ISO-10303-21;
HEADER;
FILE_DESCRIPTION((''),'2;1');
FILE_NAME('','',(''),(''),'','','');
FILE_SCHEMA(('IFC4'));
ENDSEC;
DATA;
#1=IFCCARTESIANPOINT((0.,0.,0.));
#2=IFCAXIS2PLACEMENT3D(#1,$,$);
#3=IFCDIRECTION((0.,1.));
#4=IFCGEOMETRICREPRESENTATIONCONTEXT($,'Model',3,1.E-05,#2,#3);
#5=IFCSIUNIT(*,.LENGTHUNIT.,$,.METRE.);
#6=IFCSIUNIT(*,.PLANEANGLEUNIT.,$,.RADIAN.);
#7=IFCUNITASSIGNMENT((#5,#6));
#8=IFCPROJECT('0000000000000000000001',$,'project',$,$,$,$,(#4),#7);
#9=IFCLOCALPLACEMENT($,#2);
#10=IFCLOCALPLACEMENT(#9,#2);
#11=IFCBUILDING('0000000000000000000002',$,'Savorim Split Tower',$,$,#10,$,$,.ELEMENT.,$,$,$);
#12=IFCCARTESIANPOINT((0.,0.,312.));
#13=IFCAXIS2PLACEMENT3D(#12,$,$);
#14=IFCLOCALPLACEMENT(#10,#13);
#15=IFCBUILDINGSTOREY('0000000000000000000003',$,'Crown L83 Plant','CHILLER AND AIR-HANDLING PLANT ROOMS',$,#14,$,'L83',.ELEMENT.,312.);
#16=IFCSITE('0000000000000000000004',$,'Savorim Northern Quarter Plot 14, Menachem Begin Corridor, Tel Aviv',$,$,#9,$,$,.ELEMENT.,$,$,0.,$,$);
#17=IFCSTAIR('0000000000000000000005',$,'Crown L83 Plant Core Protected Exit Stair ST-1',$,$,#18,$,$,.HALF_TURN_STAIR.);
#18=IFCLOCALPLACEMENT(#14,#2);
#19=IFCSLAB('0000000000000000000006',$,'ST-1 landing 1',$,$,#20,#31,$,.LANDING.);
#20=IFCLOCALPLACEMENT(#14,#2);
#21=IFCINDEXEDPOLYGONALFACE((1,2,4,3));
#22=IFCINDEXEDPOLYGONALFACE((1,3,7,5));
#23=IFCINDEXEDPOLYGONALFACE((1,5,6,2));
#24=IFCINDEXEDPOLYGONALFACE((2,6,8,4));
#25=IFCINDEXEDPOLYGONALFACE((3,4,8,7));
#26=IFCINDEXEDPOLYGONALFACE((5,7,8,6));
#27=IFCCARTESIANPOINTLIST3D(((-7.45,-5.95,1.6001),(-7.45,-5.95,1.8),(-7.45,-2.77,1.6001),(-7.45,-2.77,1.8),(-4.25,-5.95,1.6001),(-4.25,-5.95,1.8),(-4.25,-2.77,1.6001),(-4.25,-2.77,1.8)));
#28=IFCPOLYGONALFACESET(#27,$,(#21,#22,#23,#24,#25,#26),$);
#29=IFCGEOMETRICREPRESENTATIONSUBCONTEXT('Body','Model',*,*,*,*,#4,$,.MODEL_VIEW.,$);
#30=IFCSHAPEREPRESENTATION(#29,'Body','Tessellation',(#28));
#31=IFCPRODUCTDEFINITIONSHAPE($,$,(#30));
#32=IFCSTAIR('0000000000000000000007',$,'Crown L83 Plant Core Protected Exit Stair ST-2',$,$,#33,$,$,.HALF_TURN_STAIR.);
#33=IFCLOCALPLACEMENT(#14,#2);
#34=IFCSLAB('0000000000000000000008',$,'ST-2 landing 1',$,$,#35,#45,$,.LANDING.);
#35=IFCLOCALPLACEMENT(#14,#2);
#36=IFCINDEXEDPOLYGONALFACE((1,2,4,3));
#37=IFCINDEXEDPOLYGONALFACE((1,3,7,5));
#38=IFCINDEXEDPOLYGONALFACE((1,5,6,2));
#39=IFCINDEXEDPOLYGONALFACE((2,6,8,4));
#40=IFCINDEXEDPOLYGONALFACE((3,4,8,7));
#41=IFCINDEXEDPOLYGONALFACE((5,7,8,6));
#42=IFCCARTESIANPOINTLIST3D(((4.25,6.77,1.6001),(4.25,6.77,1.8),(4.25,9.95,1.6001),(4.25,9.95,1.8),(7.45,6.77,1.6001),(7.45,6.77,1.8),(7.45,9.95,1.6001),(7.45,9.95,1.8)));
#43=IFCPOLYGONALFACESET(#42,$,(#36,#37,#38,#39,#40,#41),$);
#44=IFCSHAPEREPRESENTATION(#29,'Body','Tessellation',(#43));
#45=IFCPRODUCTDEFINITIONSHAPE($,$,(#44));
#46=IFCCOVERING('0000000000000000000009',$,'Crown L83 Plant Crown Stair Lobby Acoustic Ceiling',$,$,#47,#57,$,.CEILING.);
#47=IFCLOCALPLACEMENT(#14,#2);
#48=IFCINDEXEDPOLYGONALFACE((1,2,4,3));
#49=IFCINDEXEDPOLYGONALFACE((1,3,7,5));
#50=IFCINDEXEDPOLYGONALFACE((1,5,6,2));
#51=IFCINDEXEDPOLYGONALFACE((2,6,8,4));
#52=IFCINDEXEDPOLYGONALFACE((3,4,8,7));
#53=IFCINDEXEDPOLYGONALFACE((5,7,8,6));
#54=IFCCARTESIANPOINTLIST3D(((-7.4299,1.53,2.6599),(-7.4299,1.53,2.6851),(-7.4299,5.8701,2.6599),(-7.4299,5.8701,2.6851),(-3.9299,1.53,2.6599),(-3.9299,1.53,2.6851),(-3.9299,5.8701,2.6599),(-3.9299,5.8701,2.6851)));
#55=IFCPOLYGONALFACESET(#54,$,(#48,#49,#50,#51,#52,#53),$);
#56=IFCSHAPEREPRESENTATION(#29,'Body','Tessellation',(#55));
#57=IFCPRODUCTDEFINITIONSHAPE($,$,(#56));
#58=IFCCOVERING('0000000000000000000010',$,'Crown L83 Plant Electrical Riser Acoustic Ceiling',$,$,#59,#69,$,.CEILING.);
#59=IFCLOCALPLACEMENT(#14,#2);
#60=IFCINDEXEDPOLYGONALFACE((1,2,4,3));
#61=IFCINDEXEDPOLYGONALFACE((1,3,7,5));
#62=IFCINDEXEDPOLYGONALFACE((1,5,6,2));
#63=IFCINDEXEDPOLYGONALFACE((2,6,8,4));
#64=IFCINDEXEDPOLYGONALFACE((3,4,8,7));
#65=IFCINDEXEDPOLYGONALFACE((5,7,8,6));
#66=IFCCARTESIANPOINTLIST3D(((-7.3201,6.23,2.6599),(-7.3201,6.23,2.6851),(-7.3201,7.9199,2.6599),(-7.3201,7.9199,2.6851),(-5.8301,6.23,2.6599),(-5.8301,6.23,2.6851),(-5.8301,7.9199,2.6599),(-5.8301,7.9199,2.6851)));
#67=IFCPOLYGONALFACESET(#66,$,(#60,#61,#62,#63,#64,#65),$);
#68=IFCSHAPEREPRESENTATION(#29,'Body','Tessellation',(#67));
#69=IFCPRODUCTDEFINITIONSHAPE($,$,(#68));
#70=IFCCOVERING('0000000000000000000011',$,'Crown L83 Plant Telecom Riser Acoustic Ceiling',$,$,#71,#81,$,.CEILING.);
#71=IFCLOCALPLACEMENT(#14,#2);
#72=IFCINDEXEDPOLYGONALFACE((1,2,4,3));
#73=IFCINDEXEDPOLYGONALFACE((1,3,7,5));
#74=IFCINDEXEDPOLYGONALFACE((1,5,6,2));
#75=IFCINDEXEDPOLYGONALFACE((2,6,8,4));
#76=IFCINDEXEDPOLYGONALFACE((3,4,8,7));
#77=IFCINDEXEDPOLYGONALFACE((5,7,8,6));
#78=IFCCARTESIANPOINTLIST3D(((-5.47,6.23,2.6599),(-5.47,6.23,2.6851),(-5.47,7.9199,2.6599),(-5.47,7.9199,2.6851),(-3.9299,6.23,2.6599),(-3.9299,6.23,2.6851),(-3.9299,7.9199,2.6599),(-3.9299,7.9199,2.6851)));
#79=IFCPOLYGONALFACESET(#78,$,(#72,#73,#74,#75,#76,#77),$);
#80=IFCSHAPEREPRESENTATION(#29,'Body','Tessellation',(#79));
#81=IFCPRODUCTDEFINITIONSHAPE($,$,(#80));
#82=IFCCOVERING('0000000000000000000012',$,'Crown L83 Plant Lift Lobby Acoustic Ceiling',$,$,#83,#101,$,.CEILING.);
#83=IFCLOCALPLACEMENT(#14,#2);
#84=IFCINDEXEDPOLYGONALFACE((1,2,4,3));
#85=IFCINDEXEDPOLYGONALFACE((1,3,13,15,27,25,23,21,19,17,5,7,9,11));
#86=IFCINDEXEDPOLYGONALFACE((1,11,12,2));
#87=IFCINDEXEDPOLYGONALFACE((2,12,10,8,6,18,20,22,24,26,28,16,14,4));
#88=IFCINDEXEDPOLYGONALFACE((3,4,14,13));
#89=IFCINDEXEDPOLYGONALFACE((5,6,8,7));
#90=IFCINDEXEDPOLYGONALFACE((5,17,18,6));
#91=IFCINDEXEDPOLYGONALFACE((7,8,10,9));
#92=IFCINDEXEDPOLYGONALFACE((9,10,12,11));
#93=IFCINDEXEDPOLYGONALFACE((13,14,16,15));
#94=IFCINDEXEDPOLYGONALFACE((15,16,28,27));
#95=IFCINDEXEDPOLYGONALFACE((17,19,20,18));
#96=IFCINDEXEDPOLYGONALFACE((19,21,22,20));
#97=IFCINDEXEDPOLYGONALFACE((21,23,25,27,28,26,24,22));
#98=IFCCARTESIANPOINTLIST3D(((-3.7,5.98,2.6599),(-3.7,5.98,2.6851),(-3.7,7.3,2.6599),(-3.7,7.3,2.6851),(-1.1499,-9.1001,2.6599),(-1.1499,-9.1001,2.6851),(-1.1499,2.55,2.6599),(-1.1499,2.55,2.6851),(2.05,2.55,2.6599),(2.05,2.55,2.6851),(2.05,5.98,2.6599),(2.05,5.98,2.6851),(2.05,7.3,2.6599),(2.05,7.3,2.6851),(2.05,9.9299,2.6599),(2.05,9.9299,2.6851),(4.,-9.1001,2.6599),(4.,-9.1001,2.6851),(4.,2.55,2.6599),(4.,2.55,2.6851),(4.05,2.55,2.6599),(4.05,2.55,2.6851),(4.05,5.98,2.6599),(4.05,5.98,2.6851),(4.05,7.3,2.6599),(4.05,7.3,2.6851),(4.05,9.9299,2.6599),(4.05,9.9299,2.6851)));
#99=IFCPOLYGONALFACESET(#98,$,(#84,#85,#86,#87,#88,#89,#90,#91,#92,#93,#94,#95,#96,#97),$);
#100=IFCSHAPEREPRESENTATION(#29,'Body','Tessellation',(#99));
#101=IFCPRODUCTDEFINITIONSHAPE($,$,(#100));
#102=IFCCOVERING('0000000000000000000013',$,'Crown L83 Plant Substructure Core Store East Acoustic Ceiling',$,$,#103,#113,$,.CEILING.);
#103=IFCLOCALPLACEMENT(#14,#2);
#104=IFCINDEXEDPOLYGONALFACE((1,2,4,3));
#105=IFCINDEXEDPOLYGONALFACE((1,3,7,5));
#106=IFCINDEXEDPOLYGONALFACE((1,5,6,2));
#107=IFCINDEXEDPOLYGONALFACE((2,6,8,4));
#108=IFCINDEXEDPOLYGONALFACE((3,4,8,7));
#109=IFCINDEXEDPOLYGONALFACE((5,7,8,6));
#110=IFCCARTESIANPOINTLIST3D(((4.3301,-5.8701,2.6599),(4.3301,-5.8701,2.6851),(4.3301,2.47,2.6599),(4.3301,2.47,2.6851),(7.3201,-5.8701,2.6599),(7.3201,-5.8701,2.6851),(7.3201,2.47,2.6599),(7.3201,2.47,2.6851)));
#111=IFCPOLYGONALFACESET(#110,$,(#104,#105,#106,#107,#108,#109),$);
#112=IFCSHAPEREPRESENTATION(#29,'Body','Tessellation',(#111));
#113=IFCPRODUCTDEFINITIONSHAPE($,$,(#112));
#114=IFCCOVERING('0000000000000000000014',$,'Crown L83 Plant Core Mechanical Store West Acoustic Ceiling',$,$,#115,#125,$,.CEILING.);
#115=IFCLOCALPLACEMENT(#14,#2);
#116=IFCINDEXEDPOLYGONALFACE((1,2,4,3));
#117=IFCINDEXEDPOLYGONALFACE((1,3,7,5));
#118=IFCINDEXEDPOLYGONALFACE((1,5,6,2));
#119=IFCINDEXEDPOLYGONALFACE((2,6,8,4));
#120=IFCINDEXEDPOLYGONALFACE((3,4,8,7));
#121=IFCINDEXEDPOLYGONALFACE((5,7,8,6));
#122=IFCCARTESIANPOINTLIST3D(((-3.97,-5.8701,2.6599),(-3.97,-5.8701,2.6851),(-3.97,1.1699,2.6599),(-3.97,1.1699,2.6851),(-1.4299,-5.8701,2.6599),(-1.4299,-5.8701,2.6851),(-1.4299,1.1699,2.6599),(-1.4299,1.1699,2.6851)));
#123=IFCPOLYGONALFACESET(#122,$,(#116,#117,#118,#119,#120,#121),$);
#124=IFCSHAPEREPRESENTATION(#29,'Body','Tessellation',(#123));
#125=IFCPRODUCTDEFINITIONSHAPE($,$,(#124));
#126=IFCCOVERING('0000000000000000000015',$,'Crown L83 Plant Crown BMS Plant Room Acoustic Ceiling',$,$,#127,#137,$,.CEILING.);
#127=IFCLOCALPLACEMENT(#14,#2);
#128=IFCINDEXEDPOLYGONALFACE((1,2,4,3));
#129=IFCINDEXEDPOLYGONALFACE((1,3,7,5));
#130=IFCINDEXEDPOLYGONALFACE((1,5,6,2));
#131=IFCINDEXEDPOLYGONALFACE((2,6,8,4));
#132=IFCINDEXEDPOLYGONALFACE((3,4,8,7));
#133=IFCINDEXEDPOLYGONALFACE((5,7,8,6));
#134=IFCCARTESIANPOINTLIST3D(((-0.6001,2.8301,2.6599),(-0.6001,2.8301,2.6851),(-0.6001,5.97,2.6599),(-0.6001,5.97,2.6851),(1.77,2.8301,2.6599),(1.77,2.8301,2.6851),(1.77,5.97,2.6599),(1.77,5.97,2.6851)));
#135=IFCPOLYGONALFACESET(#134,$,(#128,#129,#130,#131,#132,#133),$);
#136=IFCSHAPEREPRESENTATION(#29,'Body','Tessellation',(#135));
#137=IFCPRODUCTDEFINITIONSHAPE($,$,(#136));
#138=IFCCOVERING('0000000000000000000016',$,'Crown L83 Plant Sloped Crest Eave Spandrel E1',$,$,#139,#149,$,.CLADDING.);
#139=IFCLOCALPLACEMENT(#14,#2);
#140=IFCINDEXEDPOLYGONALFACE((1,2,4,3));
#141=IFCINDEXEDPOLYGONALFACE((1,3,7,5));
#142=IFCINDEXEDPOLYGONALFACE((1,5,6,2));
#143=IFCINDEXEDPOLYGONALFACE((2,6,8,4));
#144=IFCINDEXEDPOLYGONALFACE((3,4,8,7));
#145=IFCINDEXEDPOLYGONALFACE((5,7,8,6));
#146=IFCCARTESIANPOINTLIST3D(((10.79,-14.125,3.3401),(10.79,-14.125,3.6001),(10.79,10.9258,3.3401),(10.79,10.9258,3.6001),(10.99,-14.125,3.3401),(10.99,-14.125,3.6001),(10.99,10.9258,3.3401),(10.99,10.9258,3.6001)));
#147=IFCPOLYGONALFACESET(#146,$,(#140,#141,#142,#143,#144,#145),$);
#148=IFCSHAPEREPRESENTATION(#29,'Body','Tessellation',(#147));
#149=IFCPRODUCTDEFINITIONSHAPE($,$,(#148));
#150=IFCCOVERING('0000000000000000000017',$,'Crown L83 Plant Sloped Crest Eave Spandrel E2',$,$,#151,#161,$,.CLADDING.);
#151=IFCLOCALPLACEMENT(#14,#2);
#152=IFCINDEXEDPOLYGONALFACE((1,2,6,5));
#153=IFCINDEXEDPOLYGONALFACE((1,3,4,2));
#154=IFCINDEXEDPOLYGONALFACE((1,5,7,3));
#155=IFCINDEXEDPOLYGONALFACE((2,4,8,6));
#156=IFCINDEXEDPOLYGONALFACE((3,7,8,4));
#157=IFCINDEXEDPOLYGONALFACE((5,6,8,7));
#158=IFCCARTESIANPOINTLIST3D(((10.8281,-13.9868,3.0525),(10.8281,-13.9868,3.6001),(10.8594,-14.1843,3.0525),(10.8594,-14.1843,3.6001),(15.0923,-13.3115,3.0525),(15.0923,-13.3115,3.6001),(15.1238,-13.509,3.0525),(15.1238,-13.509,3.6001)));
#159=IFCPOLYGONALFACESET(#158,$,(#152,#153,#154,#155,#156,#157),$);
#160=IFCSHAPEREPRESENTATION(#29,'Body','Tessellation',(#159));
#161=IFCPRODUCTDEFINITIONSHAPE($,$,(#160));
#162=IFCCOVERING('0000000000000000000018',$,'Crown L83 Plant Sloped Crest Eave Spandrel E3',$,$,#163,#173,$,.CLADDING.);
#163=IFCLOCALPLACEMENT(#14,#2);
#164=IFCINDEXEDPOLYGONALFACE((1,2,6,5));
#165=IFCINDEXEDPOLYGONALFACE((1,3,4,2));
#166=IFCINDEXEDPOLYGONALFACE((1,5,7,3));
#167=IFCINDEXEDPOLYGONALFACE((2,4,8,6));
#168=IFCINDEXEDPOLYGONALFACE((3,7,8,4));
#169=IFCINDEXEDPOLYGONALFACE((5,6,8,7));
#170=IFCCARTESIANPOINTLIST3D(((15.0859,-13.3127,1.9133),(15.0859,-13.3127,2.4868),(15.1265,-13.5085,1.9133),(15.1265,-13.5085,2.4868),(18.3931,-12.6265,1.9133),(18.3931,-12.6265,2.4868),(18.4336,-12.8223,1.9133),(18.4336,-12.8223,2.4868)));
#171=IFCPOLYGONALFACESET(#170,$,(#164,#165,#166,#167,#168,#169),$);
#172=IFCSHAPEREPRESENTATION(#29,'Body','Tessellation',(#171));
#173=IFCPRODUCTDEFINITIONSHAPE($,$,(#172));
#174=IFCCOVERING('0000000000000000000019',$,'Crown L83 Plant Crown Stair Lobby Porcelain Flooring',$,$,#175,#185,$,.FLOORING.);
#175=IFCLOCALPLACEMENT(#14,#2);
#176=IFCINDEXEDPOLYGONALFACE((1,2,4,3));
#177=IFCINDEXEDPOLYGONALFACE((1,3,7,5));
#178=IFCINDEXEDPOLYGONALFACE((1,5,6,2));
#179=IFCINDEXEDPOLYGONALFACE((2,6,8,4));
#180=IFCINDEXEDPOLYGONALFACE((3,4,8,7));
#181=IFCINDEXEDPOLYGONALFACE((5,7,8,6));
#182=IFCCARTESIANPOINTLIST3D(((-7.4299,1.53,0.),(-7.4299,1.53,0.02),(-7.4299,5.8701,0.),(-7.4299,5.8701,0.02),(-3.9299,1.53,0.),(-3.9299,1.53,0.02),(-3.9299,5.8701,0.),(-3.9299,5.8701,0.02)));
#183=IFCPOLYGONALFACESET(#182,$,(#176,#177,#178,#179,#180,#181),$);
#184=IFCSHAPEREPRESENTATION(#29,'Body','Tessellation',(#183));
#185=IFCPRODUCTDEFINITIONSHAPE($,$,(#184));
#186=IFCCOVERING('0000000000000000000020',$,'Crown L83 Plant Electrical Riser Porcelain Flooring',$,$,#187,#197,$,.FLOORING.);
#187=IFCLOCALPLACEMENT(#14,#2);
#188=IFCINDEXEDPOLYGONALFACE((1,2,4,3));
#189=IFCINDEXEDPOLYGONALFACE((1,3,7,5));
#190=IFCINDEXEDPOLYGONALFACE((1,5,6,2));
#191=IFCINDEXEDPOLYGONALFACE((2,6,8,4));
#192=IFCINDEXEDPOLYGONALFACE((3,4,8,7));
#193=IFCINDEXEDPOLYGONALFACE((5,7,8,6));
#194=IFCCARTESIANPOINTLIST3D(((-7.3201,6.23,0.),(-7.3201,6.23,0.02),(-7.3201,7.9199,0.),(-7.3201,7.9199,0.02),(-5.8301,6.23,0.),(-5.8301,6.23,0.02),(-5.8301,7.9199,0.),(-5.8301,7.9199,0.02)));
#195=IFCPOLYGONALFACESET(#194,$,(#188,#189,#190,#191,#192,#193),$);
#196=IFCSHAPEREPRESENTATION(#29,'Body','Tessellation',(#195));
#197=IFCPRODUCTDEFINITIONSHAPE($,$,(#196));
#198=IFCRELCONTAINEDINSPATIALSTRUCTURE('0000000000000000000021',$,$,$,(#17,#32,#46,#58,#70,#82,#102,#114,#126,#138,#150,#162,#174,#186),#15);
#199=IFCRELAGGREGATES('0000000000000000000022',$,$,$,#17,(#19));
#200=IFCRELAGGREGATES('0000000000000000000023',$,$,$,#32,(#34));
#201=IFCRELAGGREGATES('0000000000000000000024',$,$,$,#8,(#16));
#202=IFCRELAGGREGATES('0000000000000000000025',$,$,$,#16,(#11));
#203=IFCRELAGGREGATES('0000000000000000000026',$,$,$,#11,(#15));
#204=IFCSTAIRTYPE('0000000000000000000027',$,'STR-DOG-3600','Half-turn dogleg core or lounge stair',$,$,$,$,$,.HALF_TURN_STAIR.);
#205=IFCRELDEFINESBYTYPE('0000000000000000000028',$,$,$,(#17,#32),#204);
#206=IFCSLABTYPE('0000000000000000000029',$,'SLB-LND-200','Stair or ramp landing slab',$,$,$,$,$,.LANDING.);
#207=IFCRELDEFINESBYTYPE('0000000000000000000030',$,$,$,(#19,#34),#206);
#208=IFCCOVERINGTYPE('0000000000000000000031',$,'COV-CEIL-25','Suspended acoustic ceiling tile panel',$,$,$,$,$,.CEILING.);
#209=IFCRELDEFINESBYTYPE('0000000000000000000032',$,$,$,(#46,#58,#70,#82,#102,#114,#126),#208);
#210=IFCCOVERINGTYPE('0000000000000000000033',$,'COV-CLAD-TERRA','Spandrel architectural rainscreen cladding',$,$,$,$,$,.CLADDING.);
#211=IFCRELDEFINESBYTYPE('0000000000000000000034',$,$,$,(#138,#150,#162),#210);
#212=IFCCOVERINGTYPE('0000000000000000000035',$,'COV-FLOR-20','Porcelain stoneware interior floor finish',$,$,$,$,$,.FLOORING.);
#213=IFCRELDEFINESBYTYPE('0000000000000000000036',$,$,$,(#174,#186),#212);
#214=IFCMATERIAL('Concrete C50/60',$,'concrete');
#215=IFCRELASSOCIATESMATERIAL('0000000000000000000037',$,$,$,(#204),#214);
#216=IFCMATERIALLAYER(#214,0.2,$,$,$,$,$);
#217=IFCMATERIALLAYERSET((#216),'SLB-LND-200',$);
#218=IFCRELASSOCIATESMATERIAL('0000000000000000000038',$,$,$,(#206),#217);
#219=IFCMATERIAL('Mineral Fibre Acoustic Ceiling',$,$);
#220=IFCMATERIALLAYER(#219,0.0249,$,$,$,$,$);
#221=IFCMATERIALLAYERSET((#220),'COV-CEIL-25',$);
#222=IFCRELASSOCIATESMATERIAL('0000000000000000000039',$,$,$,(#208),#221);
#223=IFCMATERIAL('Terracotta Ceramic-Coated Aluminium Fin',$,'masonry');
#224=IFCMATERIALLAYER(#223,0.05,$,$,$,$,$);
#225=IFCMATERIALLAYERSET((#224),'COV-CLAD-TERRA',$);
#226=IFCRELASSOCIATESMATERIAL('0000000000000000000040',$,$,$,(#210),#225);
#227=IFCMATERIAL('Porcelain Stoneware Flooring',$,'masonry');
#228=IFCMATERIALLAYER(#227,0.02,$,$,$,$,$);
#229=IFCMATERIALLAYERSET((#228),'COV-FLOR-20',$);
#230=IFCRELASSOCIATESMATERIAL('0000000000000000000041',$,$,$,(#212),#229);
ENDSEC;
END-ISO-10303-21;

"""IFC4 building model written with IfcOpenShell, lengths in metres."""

from ifc_helpers import new_model, si_unit, direction, frame, origin, place, context, subcontext, project, spatial, polyline, outline, extrude, material, layer, layer_set, type_object, element, aggregate, save


model = new_model("IFC4")

# Units and contexts
model_context = context("Model", 3, precision=1e-05, world=origin(), true_north=direction((0.0, 1.0)))
body_context = subcontext(model_context, "Body", "Model", "MODEL_VIEW")
ifc_project = project(units=[si_unit("LENGTHUNIT", "METRE"), si_unit("PLANEANGLEUNIT", "RADIAN")], contexts=[model_context])

# Site, building, storey
site_placement = place(None, origin())
site = spatial("IfcSite", under=ifc_project, at=site_placement, Name="Savorim Northern Quarter Plot 14, Menachem Begin Corridor, Tel Aviv", CompositionType="ELEMENT", RefElevation=0.0)
building_placement = place(site_placement, origin())
building = spatial("IfcBuilding", under=site, at=building_placement, Name="Savorim Split Tower", CompositionType="ELEMENT")
storey_placement = place(building_placement, frame((0.0, 0.0, 312.0)))
storey = spatial("IfcBuildingStorey", under=building, at=storey_placement, Name="Crown L83 Plant", Description="CHILLER AND AIR-HANDLING PLANT ROOMS", LongName="L83", CompositionType="ELEMENT", Elevation=312.0)

# Stairs, slabs
ifc_material_1 = material(Name="Concrete C50/60", Category="concrete")
stair_type = type_object("IfcStairType", Name="STR-DOG-3600", Description="Half-turn dogleg core or lounge stair", PredefinedType="HALF_TURN_STAIR", material=ifc_material_1)
stair_1_placement = place(storey_placement, origin())
stair_1 = element("IfcStair", 1, at=stair_1_placement, inside=storey, type_object=stair_type, Name="Crown L83 Plant Core Protected Exit Stair ST-1", PredefinedType="HALF_TURN_STAIR")
ifc_layer_1 = layer(ifc_material_1, 0.2)
ifc_layer_set_1 = layer_set([ifc_layer_1], Name="SLB-LND-200")
slab_type = type_object("IfcSlabType", Name="SLB-LND-200", Description="Stair or ramp landing slab", PredefinedType="LANDING", material=ifc_layer_set_1)
slab_1_placement = place(storey_placement, frame((0.0, 0.0, 1.6001)))
slab_1 = element("IfcSlab", 2, at=slab_1_placement, type_object=slab_type, Name="ST-1 landing 1", PredefinedType="LANDING", context=body_context, shape_type="SweptSolid", body=[
    extrude(outline(polyline([(-7.45, -2.77), (-7.45, -5.95), (-4.25, -5.95), (-4.25, -2.77), (-7.45, -2.77)])), origin(), (0.0, 0.0, 1.0), 0.2),
])
aggregate(stair_1, [slab_1])
stair_2_placement = place(storey_placement, origin())
stair_2 = element("IfcStair", 3, at=stair_2_placement, inside=storey, type_object=stair_type, Name="Crown L83 Plant Core Protected Exit Stair ST-2", PredefinedType="HALF_TURN_STAIR")
slab_2_placement = place(storey_placement, frame((0.0, 0.0, 1.6001)))
slab_2 = element("IfcSlab", 4, at=slab_2_placement, type_object=slab_type, Name="ST-2 landing 1", PredefinedType="LANDING", context=body_context, shape_type="SweptSolid", body=[
    extrude(outline(polyline([(7.45, 6.77), (7.45, 9.95), (4.25, 9.95), (4.25, 6.77), (7.45, 6.77)])), origin(), (0.0, 0.0, 1.0), 0.2),
])
aggregate(stair_2, [slab_2])

# Coverings
ifc_material_2 = material(Name="Mineral Fibre Acoustic Ceiling")
ifc_layer_2 = layer(ifc_material_2, 0.0249)
ifc_layer_set_2 = layer_set([ifc_layer_2], Name="COV-CEIL-25")
covering_type_1 = type_object("IfcCoveringType", Name="COV-CEIL-25", Description="Suspended acoustic ceiling tile panel", PredefinedType="CEILING", material=ifc_layer_set_2)
covering_1_placement = place(storey_placement, frame((0.0, 0.0, 2.6599)))
element("IfcCovering", 5, at=covering_1_placement, inside=storey, type_object=covering_type_1, Name="Crown L83 Plant Crown Stair Lobby Acoustic Ceiling", PredefinedType="CEILING", context=body_context, shape_type="SweptSolid", body=[
    extrude(outline(polyline([(-7.4299, 5.8701), (-7.4299, 1.53), (-3.9299, 1.53), (-3.9299, 5.8701), (-7.4299, 5.8701)])), origin(), (0.0, 0.0, 1.0), 0.0251),
])
covering_2_placement = place(storey_placement, frame((0.0, 0.0, 2.6599)))
element("IfcCovering", 6, at=covering_2_placement, inside=storey, type_object=covering_type_1, Name="Crown L83 Plant Electrical Riser Acoustic Ceiling", PredefinedType="CEILING", context=body_context, shape_type="SweptSolid", body=[
    extrude(outline(polyline([(-7.3201, 7.9199), (-7.3201, 6.23), (-5.8301, 6.23), (-5.8301, 7.9199), (-7.3201, 7.9199)])), origin(), (0.0, 0.0, 1.0), 0.0251),
])
covering_3_placement = place(storey_placement, frame((0.0, 0.0, 2.6599)))
element("IfcCovering", 7, at=covering_3_placement, inside=storey, type_object=covering_type_1, Name="Crown L83 Plant Telecom Riser Acoustic Ceiling", PredefinedType="CEILING", context=body_context, shape_type="SweptSolid", body=[
    extrude(outline(polyline([(-5.47, 7.9199), (-5.47, 6.23), (-3.9299, 6.23), (-3.9299, 7.9199), (-5.47, 7.9199)])), origin(), (0.0, 0.0, 1.0), 0.0251),
])
covering_4_placement = place(storey_placement, frame((0.0, 0.0, 2.6599)))
element("IfcCovering", 8, at=covering_4_placement, inside=storey, type_object=covering_type_1, Name="Crown L83 Plant Lift Lobby Acoustic Ceiling", PredefinedType="CEILING", context=body_context, shape_type="SweptSolid", body=[
    extrude(outline(polyline([(2.05, 2.55), (-1.1499, 2.55), (-1.1499, -9.1001), (4.0, -9.1001), (4.0, 2.55), (4.05, 2.55), (4.05, 5.98), (4.05, 7.3), (4.05, 9.9299), (2.05, 9.9299), (2.05, 7.3), (-3.7, 7.3), (-3.7, 5.98), (2.05, 5.98), (2.05, 2.55)])), origin(), (0.0, 0.0, 1.0), 0.0251),
])
covering_5_placement = place(storey_placement, frame((0.0, 0.0, 2.6599)))
element("IfcCovering", 9, at=covering_5_placement, inside=storey, type_object=covering_type_1, Name="Crown L83 Plant Substructure Core Store East Acoustic Ceiling", PredefinedType="CEILING", context=body_context, shape_type="SweptSolid", body=[
    extrude(outline(polyline([(4.3301, 2.47), (4.3301, -5.8701), (7.3201, -5.8701), (7.3201, 2.47), (4.3301, 2.47)])), origin(), (0.0, 0.0, 1.0), 0.0251),
])
covering_6_placement = place(storey_placement, frame((0.0, 0.0, 2.6599)))
element("IfcCovering", 10, at=covering_6_placement, inside=storey, type_object=covering_type_1, Name="Crown L83 Plant Core Mechanical Store West Acoustic Ceiling", PredefinedType="CEILING", context=body_context, shape_type="SweptSolid", body=[
    extrude(outline(polyline([(-3.97, 1.1699), (-3.97, -5.8701), (-1.4299, -5.8701), (-1.4299, 1.1699), (-3.97, 1.1699)])), origin(), (0.0, 0.0, 1.0), 0.0251),
])
covering_7_placement = place(storey_placement, frame((0.0, 0.0, 2.6599)))
element("IfcCovering", 11, at=covering_7_placement, inside=storey, type_object=covering_type_1, Name="Crown L83 Plant Crown BMS Plant Room Acoustic Ceiling", PredefinedType="CEILING", context=body_context, shape_type="SweptSolid", body=[
    extrude(outline(polyline([(1.77, 5.97), (-0.6001, 5.97), (-0.6001, 2.8301), (1.77, 2.8301), (1.77, 5.97)])), origin(), (0.0, 0.0, 1.0), 0.0251),
])
ifc_material_3 = material(Name="Terracotta Ceramic-Coated Aluminium Fin", Category="masonry")
ifc_layer_3 = layer(ifc_material_3, 0.05)
ifc_layer_set_3 = layer_set([ifc_layer_3], Name="COV-CLAD-TERRA")
covering_type_2 = type_object("IfcCoveringType", Name="COV-CLAD-TERRA", Description="Spandrel architectural rainscreen cladding", PredefinedType="CLADDING", material=ifc_layer_set_3)
covering_8_placement = place(storey_placement, frame((0.0, 0.0, 3.3401)))
element("IfcCovering", 12, at=covering_8_placement, inside=storey, type_object=covering_type_2, Name="Crown L83 Plant Sloped Crest Eave Spandrel E1", PredefinedType="CLADDING", context=body_context, shape_type="SweptSolid", body=[
    extrude(outline(polyline([(10.79, 10.9258), (10.79, -14.125), (10.99, -14.125), (10.99, 10.9258), (10.79, 10.9258)])), origin(), (0.0, 0.0, 1.0), 0.26),
])
covering_9_placement = place(storey_placement, frame((0.0, 0.0, 3.0525)))
element("IfcCovering", 13, at=covering_9_placement, inside=storey, type_object=covering_type_2, Name="Crown L83 Plant Sloped Crest Eave Spandrel E2", PredefinedType="CLADDING", context=body_context, shape_type="SweptSolid", body=[
    extrude(outline(polyline([(10.8594, -14.1843), (15.1238, -13.509), (15.0923, -13.3115), (10.8281, -13.9868), (10.8594, -14.1843)])), origin(), (0.0, 0.0, 1.0), 0.5476),
])
covering_10_placement = place(storey_placement, frame((0.0, 0.0, 1.9133)))
element("IfcCovering", 14, at=covering_10_placement, inside=storey, type_object=covering_type_2, Name="Crown L83 Plant Sloped Crest Eave Spandrel E3", PredefinedType="CLADDING", context=body_context, shape_type="SweptSolid", body=[
    extrude(outline(polyline([(15.1265, -13.5085), (18.4336, -12.8223), (18.3931, -12.6265), (15.0859, -13.3127), (15.1265, -13.5085)])), origin(), (0.0, 0.0, 1.0), 0.5735),
])
ifc_material_4 = material(Name="Porcelain Stoneware Flooring", Category="masonry")
ifc_layer_4 = layer(ifc_material_4, 0.02)
ifc_layer_set_4 = layer_set([ifc_layer_4], Name="COV-FLOR-20")
covering_type_3 = type_object("IfcCoveringType", Name="COV-FLOR-20", Description="Porcelain stoneware interior floor finish", PredefinedType="FLOORING", material=ifc_layer_set_4)
covering_11_placement = place(storey_placement, origin())
element("IfcCovering", 15, at=covering_11_placement, inside=storey, type_object=covering_type_3, Name="Crown L83 Plant Crown Stair Lobby Porcelain Flooring", PredefinedType="FLOORING", context=body_context, shape_type="SweptSolid", body=[
    extrude(outline(polyline([(-7.4299, 5.8701), (-7.4299, 1.53), (-3.9299, 1.53), (-3.9299, 5.8701), (-7.4299, 5.8701)])), origin(), (0.0, 0.0, 1.0), 0.02),
])
covering_12_placement = place(storey_placement, origin())
element("IfcCovering", 16, at=covering_12_placement, inside=storey, type_object=covering_type_3, Name="Crown L83 Plant Electrical Riser Porcelain Flooring", PredefinedType="FLOORING", context=body_context, shape_type="SweptSolid", body=[
    extrude(outline(polyline([(-7.3201, 7.9199), (-7.3201, 6.23), (-5.8301, 6.23), (-5.8301, 7.9199), (-7.3201, 7.9199)])), origin(), (0.0, 0.0, 1.0), 0.02),
])

save(model, "model.ifc")
